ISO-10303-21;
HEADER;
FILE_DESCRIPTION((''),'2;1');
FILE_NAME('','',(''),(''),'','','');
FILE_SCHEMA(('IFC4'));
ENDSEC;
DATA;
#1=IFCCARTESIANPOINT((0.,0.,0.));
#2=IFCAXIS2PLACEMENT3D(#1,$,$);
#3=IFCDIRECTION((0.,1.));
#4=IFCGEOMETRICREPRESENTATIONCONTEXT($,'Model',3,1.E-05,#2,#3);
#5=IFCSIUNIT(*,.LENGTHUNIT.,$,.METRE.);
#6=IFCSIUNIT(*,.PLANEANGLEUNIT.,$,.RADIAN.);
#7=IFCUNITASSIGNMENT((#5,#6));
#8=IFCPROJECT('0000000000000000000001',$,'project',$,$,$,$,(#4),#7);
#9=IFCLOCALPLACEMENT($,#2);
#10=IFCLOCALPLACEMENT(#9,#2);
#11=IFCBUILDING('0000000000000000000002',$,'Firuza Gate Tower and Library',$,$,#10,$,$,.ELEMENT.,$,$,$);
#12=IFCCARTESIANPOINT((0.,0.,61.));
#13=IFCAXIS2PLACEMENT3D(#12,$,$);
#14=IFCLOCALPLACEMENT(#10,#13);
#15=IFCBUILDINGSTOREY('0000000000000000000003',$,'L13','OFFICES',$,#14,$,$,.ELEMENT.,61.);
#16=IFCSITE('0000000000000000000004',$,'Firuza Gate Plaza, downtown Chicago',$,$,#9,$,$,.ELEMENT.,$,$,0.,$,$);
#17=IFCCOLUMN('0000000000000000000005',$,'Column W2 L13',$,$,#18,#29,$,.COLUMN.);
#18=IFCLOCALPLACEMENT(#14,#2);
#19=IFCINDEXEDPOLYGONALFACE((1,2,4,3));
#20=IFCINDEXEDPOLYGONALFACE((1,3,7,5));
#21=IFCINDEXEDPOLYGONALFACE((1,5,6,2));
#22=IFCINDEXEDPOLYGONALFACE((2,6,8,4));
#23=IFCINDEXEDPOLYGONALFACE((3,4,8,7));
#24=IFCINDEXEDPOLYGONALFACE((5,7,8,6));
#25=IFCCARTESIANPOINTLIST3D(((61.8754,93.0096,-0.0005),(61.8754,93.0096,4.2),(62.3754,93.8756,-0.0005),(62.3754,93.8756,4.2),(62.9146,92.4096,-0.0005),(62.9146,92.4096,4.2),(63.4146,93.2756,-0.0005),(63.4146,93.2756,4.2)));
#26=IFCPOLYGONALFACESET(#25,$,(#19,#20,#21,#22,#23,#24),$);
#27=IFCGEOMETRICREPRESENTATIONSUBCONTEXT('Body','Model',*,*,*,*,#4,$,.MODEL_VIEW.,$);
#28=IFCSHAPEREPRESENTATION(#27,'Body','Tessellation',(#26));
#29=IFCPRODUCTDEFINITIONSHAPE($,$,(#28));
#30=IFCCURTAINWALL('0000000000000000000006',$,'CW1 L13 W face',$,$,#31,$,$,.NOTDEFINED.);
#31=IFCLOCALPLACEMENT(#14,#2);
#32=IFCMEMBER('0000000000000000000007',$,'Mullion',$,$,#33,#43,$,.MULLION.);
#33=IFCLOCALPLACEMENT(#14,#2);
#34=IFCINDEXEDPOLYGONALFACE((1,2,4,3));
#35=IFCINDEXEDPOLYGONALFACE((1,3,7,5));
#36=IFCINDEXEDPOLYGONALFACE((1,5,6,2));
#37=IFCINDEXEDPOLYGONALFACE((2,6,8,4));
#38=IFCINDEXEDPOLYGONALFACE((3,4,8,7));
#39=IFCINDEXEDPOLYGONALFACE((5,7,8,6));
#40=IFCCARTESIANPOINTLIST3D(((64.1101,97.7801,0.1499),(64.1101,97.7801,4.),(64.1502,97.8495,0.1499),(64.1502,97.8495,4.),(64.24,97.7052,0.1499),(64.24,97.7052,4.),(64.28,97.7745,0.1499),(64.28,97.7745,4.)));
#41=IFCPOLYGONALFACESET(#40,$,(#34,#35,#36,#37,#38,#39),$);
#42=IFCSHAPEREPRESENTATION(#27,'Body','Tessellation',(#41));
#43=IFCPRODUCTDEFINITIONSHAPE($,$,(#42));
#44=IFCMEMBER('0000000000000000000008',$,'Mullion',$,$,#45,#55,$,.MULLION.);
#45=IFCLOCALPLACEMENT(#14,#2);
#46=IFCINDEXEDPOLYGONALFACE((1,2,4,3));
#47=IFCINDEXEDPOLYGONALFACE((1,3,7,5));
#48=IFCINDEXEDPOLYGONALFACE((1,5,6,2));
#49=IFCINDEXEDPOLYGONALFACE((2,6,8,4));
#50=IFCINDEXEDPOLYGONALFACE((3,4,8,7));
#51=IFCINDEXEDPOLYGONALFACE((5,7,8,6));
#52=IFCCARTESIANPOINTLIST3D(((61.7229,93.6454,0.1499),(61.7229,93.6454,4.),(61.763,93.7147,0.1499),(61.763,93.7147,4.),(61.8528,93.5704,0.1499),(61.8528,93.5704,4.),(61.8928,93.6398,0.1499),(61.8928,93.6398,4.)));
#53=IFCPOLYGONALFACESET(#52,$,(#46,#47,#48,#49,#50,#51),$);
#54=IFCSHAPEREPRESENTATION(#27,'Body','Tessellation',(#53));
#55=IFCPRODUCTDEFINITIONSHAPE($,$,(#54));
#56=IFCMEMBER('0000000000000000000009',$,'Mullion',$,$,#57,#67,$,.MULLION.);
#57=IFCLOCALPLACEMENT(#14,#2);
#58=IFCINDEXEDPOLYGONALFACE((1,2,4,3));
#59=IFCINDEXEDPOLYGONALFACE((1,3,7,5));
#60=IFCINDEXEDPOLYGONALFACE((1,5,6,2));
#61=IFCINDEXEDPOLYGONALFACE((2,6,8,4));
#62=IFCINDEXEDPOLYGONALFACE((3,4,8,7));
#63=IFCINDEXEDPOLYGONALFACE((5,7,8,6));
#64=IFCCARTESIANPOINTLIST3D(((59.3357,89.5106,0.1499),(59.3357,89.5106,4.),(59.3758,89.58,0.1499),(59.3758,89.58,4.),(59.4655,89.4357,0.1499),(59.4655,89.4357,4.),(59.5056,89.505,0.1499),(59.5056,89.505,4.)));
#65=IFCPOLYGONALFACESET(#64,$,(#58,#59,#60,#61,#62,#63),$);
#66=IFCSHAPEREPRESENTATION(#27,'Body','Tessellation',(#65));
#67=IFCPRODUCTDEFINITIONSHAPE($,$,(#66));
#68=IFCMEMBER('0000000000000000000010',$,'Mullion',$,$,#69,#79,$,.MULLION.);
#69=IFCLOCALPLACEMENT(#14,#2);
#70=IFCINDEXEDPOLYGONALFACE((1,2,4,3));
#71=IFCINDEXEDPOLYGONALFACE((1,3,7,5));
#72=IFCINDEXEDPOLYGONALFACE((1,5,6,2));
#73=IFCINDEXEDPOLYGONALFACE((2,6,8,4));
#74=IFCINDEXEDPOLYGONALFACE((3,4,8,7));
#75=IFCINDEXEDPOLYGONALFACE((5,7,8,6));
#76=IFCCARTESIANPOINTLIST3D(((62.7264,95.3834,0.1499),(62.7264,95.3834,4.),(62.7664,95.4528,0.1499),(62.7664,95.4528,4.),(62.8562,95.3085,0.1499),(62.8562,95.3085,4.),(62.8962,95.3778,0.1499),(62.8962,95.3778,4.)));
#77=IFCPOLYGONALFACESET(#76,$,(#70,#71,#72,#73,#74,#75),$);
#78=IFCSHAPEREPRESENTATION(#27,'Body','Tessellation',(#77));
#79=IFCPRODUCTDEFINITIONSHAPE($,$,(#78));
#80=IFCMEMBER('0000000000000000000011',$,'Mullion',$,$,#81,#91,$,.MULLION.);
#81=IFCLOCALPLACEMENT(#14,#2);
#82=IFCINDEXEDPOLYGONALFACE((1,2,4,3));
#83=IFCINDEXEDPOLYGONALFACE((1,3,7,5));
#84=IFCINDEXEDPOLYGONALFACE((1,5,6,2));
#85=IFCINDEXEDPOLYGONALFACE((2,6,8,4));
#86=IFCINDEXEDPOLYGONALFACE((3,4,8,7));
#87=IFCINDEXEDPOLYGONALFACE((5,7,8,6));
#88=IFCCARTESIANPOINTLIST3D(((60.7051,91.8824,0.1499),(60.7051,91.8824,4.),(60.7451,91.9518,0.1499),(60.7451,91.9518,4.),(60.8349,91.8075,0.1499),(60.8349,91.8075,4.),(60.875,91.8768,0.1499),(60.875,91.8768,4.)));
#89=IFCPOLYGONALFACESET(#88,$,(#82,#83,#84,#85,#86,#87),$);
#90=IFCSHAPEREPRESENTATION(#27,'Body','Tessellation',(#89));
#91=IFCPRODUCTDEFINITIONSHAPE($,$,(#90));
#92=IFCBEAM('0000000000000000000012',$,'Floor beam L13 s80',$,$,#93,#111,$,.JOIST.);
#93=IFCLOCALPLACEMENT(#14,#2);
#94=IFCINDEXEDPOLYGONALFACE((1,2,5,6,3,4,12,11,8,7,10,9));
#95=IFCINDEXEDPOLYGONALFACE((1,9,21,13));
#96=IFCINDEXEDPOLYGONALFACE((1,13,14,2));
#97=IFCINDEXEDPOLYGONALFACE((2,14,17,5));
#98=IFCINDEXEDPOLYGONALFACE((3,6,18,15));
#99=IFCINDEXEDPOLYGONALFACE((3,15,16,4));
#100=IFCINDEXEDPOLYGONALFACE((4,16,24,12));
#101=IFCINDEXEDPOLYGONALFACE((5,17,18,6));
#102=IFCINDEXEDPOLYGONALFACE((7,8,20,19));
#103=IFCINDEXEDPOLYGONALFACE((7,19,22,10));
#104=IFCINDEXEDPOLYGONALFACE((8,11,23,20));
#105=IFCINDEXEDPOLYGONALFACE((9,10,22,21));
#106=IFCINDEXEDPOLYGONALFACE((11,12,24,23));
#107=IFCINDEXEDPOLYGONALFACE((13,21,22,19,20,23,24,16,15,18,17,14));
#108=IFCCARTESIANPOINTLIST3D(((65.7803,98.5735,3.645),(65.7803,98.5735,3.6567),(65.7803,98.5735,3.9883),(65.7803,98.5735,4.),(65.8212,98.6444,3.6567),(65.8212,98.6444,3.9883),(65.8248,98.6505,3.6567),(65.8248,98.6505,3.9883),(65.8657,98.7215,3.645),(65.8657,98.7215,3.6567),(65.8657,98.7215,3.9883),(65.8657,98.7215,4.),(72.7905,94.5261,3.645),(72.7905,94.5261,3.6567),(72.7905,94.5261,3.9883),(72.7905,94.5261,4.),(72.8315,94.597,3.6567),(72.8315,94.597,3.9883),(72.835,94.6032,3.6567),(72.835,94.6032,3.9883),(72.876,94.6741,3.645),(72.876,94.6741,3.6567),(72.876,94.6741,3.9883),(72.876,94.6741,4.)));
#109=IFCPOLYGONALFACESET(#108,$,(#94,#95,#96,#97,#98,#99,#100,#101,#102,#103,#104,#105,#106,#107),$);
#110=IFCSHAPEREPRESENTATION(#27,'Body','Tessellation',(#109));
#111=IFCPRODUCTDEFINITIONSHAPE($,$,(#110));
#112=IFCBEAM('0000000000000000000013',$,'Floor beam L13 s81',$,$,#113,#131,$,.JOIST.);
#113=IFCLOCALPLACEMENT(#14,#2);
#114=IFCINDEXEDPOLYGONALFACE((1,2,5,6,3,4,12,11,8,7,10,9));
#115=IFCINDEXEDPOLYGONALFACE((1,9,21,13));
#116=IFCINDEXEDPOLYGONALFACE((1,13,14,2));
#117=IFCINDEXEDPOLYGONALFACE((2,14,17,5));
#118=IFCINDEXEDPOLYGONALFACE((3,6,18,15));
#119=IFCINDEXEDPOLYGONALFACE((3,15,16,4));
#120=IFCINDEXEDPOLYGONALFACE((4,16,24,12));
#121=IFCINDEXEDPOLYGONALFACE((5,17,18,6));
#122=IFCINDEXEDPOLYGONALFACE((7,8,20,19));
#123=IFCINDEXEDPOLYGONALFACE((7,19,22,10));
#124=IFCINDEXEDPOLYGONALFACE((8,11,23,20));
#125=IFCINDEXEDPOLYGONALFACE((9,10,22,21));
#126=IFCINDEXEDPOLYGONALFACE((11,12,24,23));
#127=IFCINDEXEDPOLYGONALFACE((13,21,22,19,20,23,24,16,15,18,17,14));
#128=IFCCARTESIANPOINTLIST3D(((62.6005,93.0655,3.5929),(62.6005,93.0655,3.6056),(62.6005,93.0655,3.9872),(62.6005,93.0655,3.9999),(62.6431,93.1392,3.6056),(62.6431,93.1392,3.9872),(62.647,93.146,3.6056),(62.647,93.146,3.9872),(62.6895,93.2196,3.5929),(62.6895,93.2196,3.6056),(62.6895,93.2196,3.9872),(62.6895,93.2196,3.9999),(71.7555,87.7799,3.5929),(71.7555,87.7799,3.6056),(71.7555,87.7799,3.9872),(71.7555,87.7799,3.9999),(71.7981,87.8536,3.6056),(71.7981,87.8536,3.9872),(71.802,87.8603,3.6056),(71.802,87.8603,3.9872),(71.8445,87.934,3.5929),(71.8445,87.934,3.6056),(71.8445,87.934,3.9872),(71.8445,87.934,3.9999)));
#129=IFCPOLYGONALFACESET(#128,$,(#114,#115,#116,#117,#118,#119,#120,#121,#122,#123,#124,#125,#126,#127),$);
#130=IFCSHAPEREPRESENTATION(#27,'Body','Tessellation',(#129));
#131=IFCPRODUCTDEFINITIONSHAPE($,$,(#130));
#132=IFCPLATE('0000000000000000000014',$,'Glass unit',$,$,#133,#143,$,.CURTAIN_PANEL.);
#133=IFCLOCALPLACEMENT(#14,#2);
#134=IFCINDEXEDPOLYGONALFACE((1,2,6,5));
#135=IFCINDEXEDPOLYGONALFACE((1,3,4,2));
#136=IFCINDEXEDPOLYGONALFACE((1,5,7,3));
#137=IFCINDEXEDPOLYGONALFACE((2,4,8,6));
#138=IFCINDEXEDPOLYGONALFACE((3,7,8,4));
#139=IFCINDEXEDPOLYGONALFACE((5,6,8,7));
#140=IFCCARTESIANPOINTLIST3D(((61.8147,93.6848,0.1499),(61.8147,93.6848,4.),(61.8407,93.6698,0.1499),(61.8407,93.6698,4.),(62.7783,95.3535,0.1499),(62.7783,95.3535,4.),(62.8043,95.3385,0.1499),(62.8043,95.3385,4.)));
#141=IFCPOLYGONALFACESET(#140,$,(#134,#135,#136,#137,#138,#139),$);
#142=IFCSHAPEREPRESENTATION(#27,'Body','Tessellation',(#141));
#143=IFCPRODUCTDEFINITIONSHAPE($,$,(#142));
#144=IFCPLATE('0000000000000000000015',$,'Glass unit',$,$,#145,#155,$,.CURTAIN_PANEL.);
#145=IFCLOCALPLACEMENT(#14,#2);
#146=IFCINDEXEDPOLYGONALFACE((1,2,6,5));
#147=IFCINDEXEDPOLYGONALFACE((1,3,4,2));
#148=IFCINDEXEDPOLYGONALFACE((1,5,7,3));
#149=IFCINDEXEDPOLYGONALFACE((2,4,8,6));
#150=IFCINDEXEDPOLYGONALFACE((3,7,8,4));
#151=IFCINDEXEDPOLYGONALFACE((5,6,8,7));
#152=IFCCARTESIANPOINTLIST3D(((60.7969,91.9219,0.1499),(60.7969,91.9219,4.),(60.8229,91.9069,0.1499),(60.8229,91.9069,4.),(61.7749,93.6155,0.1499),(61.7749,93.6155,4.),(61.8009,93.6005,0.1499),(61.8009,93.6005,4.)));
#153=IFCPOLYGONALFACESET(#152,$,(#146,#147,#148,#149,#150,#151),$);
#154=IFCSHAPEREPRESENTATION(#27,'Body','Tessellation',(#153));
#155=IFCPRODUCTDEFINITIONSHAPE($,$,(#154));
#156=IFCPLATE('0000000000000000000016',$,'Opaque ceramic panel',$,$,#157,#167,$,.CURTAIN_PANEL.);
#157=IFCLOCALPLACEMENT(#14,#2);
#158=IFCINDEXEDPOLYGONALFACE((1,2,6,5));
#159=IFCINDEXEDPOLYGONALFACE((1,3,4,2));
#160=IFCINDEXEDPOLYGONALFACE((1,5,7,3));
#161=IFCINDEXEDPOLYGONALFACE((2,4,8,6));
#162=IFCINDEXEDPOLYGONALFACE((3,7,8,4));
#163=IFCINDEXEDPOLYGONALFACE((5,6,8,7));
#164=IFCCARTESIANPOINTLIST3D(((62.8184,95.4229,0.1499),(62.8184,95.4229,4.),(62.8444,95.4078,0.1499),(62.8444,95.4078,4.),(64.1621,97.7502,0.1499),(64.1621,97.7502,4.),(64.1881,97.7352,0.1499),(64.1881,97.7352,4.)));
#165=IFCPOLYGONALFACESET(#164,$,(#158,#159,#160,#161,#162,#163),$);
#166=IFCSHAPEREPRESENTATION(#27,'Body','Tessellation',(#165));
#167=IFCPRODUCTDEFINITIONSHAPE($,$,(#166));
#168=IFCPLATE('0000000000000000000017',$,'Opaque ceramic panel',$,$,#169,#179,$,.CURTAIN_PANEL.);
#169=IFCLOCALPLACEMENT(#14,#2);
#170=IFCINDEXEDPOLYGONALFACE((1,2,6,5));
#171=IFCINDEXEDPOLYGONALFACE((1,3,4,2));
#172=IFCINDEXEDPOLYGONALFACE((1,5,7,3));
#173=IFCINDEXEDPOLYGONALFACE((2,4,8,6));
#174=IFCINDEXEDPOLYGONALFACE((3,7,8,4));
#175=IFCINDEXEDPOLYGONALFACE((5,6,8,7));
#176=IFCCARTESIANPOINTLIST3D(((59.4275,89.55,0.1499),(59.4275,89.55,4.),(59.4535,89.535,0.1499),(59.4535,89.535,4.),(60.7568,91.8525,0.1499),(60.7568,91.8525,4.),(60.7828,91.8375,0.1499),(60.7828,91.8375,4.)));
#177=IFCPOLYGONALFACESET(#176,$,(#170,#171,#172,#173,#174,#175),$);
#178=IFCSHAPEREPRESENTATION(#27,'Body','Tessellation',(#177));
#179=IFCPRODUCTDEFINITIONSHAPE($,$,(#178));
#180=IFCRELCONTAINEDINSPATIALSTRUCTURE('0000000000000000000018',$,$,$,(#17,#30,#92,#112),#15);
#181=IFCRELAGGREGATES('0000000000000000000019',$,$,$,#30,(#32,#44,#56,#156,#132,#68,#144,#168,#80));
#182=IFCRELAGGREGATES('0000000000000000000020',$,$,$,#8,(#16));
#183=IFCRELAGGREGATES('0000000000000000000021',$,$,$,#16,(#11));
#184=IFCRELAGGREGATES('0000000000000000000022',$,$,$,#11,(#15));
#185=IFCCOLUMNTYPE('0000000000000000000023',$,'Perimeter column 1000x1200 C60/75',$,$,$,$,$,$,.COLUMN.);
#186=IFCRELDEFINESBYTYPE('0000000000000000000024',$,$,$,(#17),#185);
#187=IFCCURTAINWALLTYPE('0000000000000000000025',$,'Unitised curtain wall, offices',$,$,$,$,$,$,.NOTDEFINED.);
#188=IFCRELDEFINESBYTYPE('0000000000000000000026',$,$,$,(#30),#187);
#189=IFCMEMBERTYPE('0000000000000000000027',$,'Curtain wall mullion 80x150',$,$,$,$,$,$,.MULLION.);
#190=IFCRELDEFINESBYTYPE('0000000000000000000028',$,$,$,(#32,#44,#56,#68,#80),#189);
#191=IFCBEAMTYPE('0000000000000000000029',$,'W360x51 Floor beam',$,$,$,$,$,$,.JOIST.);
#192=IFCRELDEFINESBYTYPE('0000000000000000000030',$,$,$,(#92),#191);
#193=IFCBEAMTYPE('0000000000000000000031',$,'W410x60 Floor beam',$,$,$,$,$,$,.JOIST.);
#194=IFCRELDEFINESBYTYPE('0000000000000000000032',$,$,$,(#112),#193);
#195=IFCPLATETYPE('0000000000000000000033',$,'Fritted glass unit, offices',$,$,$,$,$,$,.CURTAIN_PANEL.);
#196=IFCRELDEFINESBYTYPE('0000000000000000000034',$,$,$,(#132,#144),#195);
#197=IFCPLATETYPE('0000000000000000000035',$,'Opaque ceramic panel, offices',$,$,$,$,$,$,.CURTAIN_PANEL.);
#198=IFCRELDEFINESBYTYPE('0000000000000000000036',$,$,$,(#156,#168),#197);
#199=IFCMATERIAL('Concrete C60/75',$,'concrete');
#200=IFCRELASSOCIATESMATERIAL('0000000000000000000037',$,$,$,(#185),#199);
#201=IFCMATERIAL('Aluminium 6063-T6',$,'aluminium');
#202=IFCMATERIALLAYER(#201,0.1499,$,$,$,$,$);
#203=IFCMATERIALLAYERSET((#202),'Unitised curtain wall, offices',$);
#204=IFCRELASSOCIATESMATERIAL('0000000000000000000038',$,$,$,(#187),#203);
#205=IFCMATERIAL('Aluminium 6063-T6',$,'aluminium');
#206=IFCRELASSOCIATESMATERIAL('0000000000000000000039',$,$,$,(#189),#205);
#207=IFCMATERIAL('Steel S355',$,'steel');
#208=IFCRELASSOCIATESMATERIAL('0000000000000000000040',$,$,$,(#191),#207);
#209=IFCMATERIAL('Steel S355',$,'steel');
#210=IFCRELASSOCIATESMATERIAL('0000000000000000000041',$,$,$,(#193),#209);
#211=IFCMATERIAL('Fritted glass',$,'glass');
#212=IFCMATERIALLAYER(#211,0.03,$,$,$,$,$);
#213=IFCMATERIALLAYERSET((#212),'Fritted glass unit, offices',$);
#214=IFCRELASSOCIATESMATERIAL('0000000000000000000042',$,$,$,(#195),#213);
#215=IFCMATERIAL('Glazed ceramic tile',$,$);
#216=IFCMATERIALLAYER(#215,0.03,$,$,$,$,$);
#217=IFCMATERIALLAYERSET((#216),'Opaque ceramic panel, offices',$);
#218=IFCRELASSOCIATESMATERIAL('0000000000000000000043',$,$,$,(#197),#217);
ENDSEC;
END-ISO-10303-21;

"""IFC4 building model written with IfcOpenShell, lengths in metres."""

from ifc_helpers import new_model, si_unit, direction, frame, origin, origin_2d, place, context, subcontext, project, spatial, polyline, rectangle, i_section, outline, extrude, material, layer, layer_set, material_profile, profile_set, type_object, element, aggregate, save


model = new_model("IFC4")

# Units and contexts
model_context = context("Model", 3, precision=1e-05, world=origin(), true_north=direction((0.0, 1.0)))
body_context = subcontext(model_context, "Body", "Model", "MODEL_VIEW")
ifc_project = project(units=[si_unit("LENGTHUNIT", "METRE"), si_unit("PLANEANGLEUNIT", "RADIAN")], contexts=[model_context])

# Site, building, storey
site_placement = place(None, origin())
site = spatial("IfcSite", under=ifc_project, at=site_placement, Name="Firuza Gate Plaza, downtown Chicago", CompositionType="ELEMENT", RefElevation=0.0)
building_placement = place(site_placement, origin())
building = spatial("IfcBuilding", under=site, at=building_placement, Name="Firuza Gate Tower and Library", CompositionType="ELEMENT")
storey_placement = place(building_placement, frame((0.0, 0.0, 61.0)))
storey = spatial("IfcBuildingStorey", under=building, at=storey_placement, Name="L13", Description="OFFICES", CompositionType="ELEMENT", Elevation=61.0)

# Column
ifc_material_1 = material(Name="Concrete C60/75", Category="concrete")
ifc_material_profile_1 = material_profile(ifc_material_1, rectangle(XDim=1.0, YDim=1.2, at=origin_2d()))
ifc_profile_set_1 = profile_set([ifc_material_profile_1], Name="Concrete C60/75")
column_type = type_object("IfcColumnType", Name="Perimeter column 1000x1200 C60/75", PredefinedType="COLUMN", material=ifc_profile_set_1)
column_placement = place(storey_placement, frame((62.645, 93.1426, -0.0005), z_axis=(0.0, 0.0, 1.0), x_axis=(-0.5, -0.866025, 0.0)))
element("IfcColumn", 1, at=column_placement, inside=storey, type_object=column_type, Name="Column W2 L13", PredefinedType="COLUMN", context=body_context, shape_type="SweptSolid", body=[
    extrude(rectangle(XDim=1.0, YDim=1.2, at=origin_2d()), origin(), (0.0, 0.0, 1.0), 4.2004),
])

# Curtain wall, members
ifc_material_2 = material(Name="Aluminium 6063-T6", Category="aluminium")
ifc_layer_1 = layer(ifc_material_2, 0.1499)
ifc_layer_set_1 = layer_set([ifc_layer_1], Name="Unitised curtain wall, offices")
curtain_wall_type = type_object("IfcCurtainWallType", Name="Unitised curtain wall, offices", PredefinedType="NOTDEFINED", material=ifc_layer_set_1)
placement = place(storey_placement, origin())
curtain_wall = element("IfcCurtainWall", 2, at=placement, inside=storey, type_object=curtain_wall_type, Name="CW1 L13 W face", PredefinedType="NOTDEFINED")
ifc_material_3 = material(Name="Aluminium 6063-T6", Category="aluminium")
ifc_material_profile_2 = material_profile(ifc_material_3, rectangle(XDim=0.1499, YDim=0.0801, at=origin_2d()))
ifc_profile_set_2 = profile_set([ifc_material_profile_2], Name="Aluminium 6063-T6")
member_type = type_object("IfcMemberType", Name="Curtain wall mullion 80x150", PredefinedType="MULLION", material=ifc_profile_set_2)
member_1_placement = place(storey_placement, frame((64.1951, 97.7773, 0.1499), z_axis=(0.0, 0.0, 1.0), x_axis=(0.866025, -0.5, 0.0)))
member_1 = element("IfcMember", 3, at=member_1_placement, type_object=member_type, Name="Mullion", PredefinedType="MULLION", context=body_context, shape_type="SweptSolid", body=[
    extrude(rectangle(XDim=0.1499, YDim=0.0801, at=origin_2d()), origin(), (0.0, 0.0, 1.0), 3.8501),
])
member_2_placement = place(storey_placement, frame((61.8079, 93.6426, 0.1499), z_axis=(0.0, 0.0, 1.0), x_axis=(0.866025, -0.5, 0.0)))
member_2 = element("IfcMember", 4, at=member_2_placement, type_object=member_type, Name="Mullion", PredefinedType="MULLION", context=body_context, shape_type="SweptSolid", body=[
    extrude(rectangle(XDim=0.1499, YDim=0.0801, at=origin_2d()), origin(), (0.0, 0.0, 1.0), 3.8501),
])
member_3_placement = place(storey_placement, frame((59.4207, 89.5078, 0.1499), z_axis=(0.0, 0.0, 1.0), x_axis=(0.866025, -0.5, 0.0)))
member_3 = element("IfcMember", 5, at=member_3_placement, type_object=member_type, Name="Mullion", PredefinedType="MULLION", context=body_context, shape_type="SweptSolid", body=[
    extrude(rectangle(XDim=0.1499, YDim=0.0801, at=origin_2d()), origin(), (0.0, 0.0, 1.0), 3.8501),
])
member_4_placement = place(storey_placement, frame((62.8113, 95.3806, 0.1499), z_axis=(0.0, 0.0, 1.0), x_axis=(0.866025, -0.5, 0.0)))
member_4 = element("IfcMember", 6, at=member_4_placement, type_object=member_type, Name="Mullion", PredefinedType="MULLION", context=body_context, shape_type="SweptSolid", body=[
    extrude(rectangle(XDim=0.1499, YDim=0.0801, at=origin_2d()), origin(), (0.0, 0.0, 1.0), 3.8501),
])
member_5_placement = place(storey_placement, frame((60.79, 91.8796, 0.1499), z_axis=(0.0, 0.0, 1.0), x_axis=(0.866025, -0.5, 0.0)))
member_5 = element("IfcMember", 7, at=member_5_placement, type_object=member_type, Name="Mullion", PredefinedType="MULLION", context=body_context, shape_type="SweptSolid", body=[
    extrude(rectangle(XDim=0.1499, YDim=0.0801, at=origin_2d()), origin(), (0.0, 0.0, 1.0), 3.8501),
])

# Beams
ifc_material_4 = material(Name="Steel S355", Category="steel")
ifc_material_profile_3 = material_profile(ifc_material_4, i_section(OverallWidth=0.1709, OverallDepth=0.355, WebThickness=0.0071, FlangeThickness=0.0117, at=origin_2d()))
ifc_profile_set_3 = profile_set([ifc_material_profile_3], Name="Steel S355")
beam_type_1 = type_object("IfcBeamType", Name="W360x51 Floor beam", PredefinedType="JOIST", material=ifc_profile_set_3)
beam_1_placement = place(storey_placement, frame((65.823, 98.6475, 3.8225), z_axis=(0.866026, -0.499999, 0.0), x_axis=(0.499999, 0.866026, 0.0)))
element("IfcBeam", 8, at=beam_1_placement, inside=storey, type_object=beam_type_1, Name="Floor beam L13 s80", PredefinedType="JOIST", context=body_context, shape_type="SweptSolid", body=[
    extrude(i_section(OverallWidth=0.1709, OverallDepth=0.355, WebThickness=0.0071, FlangeThickness=0.0117, at=origin_2d()), origin(), (0.0, 0.0, 1.0), 8.0947),
])
ifc_material_5 = material(Name="Steel S355", Category="steel")
ifc_material_profile_4 = material_profile(ifc_material_5, i_section(OverallWidth=0.178, OverallDepth=0.407, WebThickness=0.0078, FlangeThickness=0.0127, at=origin_2d()))
ifc_profile_set_4 = profile_set([ifc_material_profile_4], Name="Steel S355")
beam_type_2 = type_object("IfcBeamType", Name="W410x60 Floor beam", PredefinedType="JOIST", material=ifc_profile_set_4)
beam_2_placement = place(storey_placement, frame((62.645, 93.1426, 3.7964), z_axis=(0.866026, -0.499999, 0.0), x_axis=(0.499999, 0.866026, 0.0)))
element("IfcBeam", 9, at=beam_2_placement, inside=storey, type_object=beam_type_2, Name="Floor beam L13 s81", PredefinedType="JOIST", context=body_context, shape_type="SweptSolid", body=[
    extrude(i_section(OverallWidth=0.178, OverallDepth=0.407, WebThickness=0.0078, FlangeThickness=0.0127, at=origin_2d()), origin(), (0.0, 0.0, 1.0), 10.5713),
])

# Plates
ifc_material_6 = material(Name="Fritted glass", Category="glass")
ifc_layer_2 = layer(ifc_material_6, 0.03)
ifc_layer_set_2 = layer_set([ifc_layer_2], Name="Fritted glass unit, offices")
plate_type_1 = type_object("IfcPlateType", Name="Fritted glass unit, offices", PredefinedType="CURTAIN_PANEL", material=ifc_layer_set_2)
plate_1_placement = place(storey_placement, frame((62.7783, 95.3535, 0.1499), z_axis=(-0.865981, 0.500077, 0.0), x_axis=(-0.500077, -0.865981, 0.0)))
plate_1 = element("IfcPlate", 10, at=plate_1_placement, type_object=plate_type_1, Name="Glass unit", PredefinedType="CURTAIN_PANEL", context=body_context, shape_type="SweptSolid", body=[
    extrude(outline(polyline([(0.0, 0.0), (1.9269, 0.0), (1.9269, 3.8501), (0.0, 3.8501), (0.0, 0.0)])), origin(), (0.0, 0.0, -1.0), 0.03),
])
plate_2_placement = place(storey_placement, frame((61.7749, 93.6155, 0.1499), z_axis=(-0.865976, 0.500086, 0.0), x_axis=(-0.500086, -0.865976, 0.0)))
plate_2 = element("IfcPlate", 11, at=plate_2_placement, type_object=plate_type_1, Name="Glass unit", PredefinedType="CURTAIN_PANEL", context=body_context, shape_type="SweptSolid", body=[
    extrude(outline(polyline([(0.0, 0.0), (1.9557, 0.0), (1.9557, 3.8501), (0.0, 3.8501), (0.0, 0.0)])), origin(), (0.0, 0.0, -1.0), 0.03),
])
ifc_material_7 = material(Name="Glazed ceramic tile")
ifc_layer_3 = layer(ifc_material_7, 0.03)
ifc_layer_set_3 = layer_set([ifc_layer_3], Name="Opaque ceramic panel, offices")
plate_type_2 = type_object("IfcPlateType", Name="Opaque ceramic panel, offices", PredefinedType="CURTAIN_PANEL", material=ifc_layer_set_3)
plate_3_placement = place(storey_placement, frame((64.1621, 97.7502, 0.1499), z_axis=(-0.866021, 0.500008, 0.0), x_axis=(-0.500008, -0.866021, 0.0)))
plate_3 = element("IfcPlate", 12, at=plate_3_placement, type_object=plate_type_2, Name="Opaque ceramic panel", PredefinedType="CURTAIN_PANEL", context=body_context, shape_type="SweptSolid", body=[
    extrude(outline(polyline([(0.0, 0.0), (2.6875, 0.0), (2.6875, 3.8501), (0.0, 3.8501), (0.0, 0.0)])), origin(), (0.0, 0.0, -1.0), 0.03),
])
plate_4_placement = place(storey_placement, frame((60.7568, 91.8525, 0.1499), z_axis=(-0.866025, 0.500001, 0.0), x_axis=(-0.500001, -0.866025, 0.0)))
plate_4 = element("IfcPlate", 13, at=plate_4_placement, type_object=plate_type_2, Name="Opaque ceramic panel", PredefinedType="CURTAIN_PANEL", context=body_context, shape_type="SweptSolid", body=[
    extrude(outline(polyline([(0.0, 0.0), (2.6587, 0.0), (2.6587, 3.8501), (0.0, 3.8501), (0.0, 0.0)])), origin(), (0.0, 0.0, -1.0), 0.03),
])
aggregate(curtain_wall, [member_1, member_2, member_3, plate_3, plate_1, member_4, plate_2, plate_4, member_5])

save(model, "model.ifc")
